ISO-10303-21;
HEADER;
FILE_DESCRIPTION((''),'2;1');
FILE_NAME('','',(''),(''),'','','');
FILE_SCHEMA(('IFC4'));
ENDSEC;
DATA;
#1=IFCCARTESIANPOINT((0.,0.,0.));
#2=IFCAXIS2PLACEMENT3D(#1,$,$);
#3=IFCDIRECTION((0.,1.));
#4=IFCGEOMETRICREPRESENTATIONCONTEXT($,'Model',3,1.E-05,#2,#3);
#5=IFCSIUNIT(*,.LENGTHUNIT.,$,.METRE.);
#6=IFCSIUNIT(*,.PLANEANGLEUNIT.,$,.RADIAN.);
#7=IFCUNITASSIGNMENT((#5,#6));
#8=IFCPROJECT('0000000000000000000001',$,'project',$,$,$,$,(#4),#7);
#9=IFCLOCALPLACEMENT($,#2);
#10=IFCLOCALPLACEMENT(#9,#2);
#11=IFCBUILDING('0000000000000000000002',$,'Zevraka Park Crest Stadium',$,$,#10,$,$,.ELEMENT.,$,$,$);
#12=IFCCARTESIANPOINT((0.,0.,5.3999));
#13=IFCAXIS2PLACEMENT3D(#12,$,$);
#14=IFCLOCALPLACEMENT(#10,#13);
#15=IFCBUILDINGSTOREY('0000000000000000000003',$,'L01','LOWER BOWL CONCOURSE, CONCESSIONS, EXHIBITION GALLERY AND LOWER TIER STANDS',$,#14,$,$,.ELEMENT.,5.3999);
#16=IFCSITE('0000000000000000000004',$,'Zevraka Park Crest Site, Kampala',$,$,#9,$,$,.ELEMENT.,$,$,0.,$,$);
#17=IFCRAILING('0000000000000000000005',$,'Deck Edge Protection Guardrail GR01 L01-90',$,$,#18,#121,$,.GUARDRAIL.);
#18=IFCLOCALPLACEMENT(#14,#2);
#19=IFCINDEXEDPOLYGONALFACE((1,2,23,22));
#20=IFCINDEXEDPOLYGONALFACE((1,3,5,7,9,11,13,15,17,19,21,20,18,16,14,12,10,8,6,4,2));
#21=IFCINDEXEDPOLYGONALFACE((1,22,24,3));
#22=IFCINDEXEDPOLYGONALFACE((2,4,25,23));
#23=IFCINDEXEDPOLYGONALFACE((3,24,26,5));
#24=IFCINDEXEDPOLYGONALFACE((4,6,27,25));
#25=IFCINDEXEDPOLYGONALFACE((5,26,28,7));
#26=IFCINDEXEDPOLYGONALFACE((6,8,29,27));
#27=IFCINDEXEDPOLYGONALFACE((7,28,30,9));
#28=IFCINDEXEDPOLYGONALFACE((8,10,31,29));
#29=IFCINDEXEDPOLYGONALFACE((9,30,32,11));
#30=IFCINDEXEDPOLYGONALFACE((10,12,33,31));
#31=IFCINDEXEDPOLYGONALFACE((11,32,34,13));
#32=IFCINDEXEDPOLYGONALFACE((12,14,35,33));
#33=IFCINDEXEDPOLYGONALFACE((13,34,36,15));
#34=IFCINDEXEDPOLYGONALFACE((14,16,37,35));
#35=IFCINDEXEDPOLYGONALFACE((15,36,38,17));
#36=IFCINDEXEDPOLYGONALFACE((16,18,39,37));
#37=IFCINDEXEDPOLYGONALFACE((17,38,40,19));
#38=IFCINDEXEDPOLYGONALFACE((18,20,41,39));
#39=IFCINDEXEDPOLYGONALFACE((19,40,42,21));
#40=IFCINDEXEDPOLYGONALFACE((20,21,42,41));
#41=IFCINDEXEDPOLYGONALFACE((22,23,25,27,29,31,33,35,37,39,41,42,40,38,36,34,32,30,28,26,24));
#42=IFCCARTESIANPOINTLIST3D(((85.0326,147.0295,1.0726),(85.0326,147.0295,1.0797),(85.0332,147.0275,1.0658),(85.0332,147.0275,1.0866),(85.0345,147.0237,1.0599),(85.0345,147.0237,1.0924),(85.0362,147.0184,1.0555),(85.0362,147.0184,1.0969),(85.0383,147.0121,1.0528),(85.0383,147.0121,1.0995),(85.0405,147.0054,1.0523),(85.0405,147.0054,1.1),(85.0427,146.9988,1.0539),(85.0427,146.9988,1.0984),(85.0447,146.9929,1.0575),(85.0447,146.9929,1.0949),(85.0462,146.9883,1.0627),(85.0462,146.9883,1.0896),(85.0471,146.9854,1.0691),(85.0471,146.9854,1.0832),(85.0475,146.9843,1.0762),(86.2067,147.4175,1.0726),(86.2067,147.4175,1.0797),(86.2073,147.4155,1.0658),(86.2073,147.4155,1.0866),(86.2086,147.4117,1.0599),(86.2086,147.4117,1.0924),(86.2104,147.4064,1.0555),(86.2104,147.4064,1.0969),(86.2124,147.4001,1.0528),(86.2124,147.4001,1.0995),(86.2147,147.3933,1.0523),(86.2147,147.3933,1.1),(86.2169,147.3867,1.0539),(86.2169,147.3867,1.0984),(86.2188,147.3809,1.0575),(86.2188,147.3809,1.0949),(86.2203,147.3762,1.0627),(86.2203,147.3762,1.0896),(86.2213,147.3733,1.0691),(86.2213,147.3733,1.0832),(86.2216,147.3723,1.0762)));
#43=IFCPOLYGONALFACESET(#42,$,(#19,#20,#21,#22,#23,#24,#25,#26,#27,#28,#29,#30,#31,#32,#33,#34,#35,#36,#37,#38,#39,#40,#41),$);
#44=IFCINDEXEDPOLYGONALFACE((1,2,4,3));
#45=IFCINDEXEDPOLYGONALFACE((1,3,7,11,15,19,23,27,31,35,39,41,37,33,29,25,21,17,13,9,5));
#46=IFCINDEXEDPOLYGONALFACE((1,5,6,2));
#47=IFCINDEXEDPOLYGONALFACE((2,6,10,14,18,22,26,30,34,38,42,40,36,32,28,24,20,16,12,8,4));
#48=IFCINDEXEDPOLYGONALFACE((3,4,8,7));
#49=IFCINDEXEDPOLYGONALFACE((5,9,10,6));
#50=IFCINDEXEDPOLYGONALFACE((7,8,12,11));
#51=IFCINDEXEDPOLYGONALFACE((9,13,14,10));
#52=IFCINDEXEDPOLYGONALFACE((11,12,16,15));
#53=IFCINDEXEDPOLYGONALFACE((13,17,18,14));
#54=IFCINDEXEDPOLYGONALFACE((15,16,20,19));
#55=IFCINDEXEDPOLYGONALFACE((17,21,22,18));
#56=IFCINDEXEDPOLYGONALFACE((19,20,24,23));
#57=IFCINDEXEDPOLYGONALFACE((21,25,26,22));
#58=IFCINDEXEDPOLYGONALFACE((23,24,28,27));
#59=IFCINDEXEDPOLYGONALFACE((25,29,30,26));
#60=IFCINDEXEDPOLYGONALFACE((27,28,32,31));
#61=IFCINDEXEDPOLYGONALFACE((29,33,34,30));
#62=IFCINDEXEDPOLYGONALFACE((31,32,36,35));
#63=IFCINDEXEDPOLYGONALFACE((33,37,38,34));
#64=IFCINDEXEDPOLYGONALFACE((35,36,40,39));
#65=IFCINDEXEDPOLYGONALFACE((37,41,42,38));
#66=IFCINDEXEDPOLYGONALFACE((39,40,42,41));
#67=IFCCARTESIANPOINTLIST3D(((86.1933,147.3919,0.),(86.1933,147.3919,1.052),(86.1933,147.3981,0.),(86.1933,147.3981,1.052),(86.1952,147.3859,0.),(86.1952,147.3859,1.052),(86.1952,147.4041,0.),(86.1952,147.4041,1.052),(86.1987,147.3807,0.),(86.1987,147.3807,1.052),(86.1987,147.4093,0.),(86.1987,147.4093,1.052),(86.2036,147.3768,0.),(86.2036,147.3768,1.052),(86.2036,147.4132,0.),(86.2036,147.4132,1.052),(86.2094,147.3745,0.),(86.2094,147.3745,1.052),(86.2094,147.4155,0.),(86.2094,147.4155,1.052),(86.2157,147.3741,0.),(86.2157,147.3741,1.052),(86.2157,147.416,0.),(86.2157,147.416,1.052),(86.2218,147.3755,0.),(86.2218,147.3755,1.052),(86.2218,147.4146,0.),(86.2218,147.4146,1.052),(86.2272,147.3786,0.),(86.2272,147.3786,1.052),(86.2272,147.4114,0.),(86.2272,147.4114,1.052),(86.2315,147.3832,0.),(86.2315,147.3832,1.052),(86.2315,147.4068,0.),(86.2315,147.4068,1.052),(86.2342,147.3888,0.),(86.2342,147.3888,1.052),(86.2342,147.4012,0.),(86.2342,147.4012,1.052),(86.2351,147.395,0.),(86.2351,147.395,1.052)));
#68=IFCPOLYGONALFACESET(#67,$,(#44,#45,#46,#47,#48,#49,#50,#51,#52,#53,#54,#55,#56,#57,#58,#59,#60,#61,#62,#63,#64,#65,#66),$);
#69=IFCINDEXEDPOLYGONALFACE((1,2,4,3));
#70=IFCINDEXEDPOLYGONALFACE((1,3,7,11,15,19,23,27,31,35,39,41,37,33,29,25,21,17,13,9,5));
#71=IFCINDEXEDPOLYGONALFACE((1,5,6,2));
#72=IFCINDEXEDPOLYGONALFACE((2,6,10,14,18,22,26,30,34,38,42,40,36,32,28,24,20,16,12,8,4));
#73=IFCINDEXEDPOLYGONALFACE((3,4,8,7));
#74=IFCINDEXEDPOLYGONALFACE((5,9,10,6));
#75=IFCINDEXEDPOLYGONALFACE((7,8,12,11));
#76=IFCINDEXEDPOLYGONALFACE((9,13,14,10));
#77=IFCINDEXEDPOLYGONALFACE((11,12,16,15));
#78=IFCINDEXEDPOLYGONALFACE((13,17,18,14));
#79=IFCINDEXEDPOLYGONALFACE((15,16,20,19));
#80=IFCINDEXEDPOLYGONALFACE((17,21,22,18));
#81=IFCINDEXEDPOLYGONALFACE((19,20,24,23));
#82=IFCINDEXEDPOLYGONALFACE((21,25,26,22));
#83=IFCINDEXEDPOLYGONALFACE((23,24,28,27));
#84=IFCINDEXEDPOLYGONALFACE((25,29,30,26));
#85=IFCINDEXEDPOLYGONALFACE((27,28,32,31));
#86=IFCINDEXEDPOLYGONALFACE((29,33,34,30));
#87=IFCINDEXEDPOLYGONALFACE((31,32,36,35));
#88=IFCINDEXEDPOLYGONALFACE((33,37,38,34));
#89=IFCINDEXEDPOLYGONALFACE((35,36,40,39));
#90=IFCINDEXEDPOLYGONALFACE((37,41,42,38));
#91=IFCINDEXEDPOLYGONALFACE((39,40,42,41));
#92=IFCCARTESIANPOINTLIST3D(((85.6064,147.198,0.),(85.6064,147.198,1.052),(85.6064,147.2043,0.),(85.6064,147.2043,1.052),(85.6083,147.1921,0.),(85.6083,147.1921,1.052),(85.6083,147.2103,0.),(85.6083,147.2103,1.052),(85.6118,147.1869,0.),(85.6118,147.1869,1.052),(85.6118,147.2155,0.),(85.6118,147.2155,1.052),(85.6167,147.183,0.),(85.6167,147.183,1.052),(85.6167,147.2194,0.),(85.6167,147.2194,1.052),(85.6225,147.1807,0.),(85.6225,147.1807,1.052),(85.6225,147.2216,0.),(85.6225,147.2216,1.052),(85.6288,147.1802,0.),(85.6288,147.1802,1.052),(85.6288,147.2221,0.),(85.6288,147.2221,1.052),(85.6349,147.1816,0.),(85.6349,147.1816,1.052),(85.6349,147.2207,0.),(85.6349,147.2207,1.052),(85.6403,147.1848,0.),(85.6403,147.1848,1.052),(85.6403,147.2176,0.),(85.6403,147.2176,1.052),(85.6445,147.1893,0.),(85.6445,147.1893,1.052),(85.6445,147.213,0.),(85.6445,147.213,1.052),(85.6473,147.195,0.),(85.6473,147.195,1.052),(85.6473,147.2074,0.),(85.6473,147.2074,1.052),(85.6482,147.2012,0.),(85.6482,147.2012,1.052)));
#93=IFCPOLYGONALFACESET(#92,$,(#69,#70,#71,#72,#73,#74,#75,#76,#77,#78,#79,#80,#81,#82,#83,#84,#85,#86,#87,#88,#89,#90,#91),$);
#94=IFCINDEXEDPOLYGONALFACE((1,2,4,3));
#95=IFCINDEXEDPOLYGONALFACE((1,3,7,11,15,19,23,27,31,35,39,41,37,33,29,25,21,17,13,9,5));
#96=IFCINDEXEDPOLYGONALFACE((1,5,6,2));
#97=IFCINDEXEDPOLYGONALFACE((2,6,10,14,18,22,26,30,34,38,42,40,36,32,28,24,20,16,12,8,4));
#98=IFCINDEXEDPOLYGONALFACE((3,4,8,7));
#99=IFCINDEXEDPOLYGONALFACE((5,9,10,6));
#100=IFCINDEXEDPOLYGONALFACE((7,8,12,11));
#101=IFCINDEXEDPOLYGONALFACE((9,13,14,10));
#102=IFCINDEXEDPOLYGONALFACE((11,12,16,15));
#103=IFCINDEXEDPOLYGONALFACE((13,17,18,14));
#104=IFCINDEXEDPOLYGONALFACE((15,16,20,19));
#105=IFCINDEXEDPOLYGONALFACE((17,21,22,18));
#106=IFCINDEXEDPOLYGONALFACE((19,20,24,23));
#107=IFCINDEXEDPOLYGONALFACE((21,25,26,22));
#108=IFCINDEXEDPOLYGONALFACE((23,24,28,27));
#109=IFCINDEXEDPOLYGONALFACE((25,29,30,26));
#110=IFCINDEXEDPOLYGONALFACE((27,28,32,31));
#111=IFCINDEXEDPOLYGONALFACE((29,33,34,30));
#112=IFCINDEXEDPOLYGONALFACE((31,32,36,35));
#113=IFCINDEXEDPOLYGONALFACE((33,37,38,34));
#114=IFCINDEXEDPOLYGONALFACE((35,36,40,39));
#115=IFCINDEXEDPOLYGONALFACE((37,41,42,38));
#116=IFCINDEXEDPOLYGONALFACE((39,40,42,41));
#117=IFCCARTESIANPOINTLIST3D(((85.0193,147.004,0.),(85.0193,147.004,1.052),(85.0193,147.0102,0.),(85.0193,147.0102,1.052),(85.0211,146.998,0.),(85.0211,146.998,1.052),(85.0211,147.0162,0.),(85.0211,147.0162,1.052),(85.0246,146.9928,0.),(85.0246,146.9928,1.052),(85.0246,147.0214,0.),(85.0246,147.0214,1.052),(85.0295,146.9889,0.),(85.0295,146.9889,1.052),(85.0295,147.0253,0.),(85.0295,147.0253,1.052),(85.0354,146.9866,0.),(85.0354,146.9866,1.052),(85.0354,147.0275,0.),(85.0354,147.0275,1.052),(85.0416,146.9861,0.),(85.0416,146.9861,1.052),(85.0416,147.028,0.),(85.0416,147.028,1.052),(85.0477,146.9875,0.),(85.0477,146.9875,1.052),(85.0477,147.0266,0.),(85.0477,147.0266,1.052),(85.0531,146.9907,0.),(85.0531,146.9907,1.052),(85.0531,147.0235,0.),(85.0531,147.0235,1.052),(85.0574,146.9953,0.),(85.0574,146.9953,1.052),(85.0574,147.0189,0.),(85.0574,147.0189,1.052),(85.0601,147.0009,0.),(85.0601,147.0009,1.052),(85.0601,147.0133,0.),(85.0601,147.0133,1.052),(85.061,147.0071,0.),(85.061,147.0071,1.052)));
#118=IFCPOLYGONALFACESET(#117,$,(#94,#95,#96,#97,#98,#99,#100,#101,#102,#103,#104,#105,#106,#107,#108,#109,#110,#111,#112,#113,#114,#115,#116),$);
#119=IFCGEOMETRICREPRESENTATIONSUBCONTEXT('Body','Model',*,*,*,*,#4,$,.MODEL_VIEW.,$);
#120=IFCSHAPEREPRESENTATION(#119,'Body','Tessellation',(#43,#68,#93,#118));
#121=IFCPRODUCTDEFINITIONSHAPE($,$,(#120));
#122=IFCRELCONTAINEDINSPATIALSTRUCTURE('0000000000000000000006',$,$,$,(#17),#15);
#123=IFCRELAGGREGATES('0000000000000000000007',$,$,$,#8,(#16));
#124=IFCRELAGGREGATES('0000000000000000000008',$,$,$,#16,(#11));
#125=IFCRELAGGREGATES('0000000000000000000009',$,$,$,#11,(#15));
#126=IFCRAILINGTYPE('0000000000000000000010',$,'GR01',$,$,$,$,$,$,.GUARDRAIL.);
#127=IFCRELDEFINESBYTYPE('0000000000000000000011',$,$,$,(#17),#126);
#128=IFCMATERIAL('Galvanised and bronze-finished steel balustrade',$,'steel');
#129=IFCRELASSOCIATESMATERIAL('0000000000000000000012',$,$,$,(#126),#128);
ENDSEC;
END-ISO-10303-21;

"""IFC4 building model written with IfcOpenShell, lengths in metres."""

from ifc_helpers import new_model, si_unit, direction, frame, origin, origin_2d, place, context, subcontext, project, spatial, circle, extrude, material, type_object, element, save


model = new_model("IFC4")

# Units and contexts
model_context = context("Model", 3, precision=1e-05, world=origin(), true_north=direction((0.0, 1.0)))
body_context = subcontext(model_context, "Body", "Model", "MODEL_VIEW")
ifc_project = project(units=[si_unit("LENGTHUNIT", "METRE"), si_unit("PLANEANGLEUNIT", "RADIAN")], contexts=[model_context])

# Site, building, storey
site_placement = place(None, origin())
site = spatial("IfcSite", under=ifc_project, at=site_placement, Name="Zevraka Park Crest Site, Kampala", CompositionType="ELEMENT", RefElevation=0.0)
building_placement = place(site_placement, origin())
building = spatial("IfcBuilding", under=site, at=building_placement, Name="Zevraka Park Crest Stadium", CompositionType="ELEMENT")
storey_placement = place(building_placement, frame((0.0, 0.0, 5.3999)))
storey = spatial("IfcBuildingStorey", under=building, at=storey_placement, Name="L01", Description="LOWER BOWL CONCOURSE, CONCESSIONS, EXHIBITION GALLERY AND LOWER TIER STANDS", CompositionType="ELEMENT", Elevation=5.3999)

# Railing
ifc_material_1 = material(Name="Galvanised and bronze-finished steel balustrade", Category="steel")
railing_type_1 = type_object("IfcRailingType", Name="GR01", PredefinedType="GUARDRAIL", material=ifc_material_1)
railing_1_placement = place(storey_placement, frame((86.2141, 147.395, 0.0)))
element("IfcRailing", 1, at=railing_1_placement, inside=storey, type_object=railing_type_1, Name="Deck Edge Protection Guardrail GR01 L01-90", PredefinedType="GUARDRAIL", context=body_context, shape_type="SweptSolid", body=[
    extrude(circle(Radius=0.0239, at=origin_2d()), frame((0.0, 0.0, 1.0762), z_axis=(-0.949509, -0.313739, 0.0), x_axis=(0.313739, -0.949509, 0.0)), (0.0, 0.0, 1.0), 1.2366),
    extrude(circle(Radius=0.021, at=origin_2d()), origin(), (0.0, 0.0, 1.0), 1.052),
    extrude(circle(Radius=0.021, at=origin_2d()), frame((-0.5869, -0.1938, 0.0)), (0.0, 0.0, 1.0), 1.052),
    extrude(circle(Radius=0.021, at=origin_2d()), frame((-1.1741, -0.3879, 0.0)), (0.0, 0.0, 1.0), 1.052),
])

save(model, "model.ifc")
